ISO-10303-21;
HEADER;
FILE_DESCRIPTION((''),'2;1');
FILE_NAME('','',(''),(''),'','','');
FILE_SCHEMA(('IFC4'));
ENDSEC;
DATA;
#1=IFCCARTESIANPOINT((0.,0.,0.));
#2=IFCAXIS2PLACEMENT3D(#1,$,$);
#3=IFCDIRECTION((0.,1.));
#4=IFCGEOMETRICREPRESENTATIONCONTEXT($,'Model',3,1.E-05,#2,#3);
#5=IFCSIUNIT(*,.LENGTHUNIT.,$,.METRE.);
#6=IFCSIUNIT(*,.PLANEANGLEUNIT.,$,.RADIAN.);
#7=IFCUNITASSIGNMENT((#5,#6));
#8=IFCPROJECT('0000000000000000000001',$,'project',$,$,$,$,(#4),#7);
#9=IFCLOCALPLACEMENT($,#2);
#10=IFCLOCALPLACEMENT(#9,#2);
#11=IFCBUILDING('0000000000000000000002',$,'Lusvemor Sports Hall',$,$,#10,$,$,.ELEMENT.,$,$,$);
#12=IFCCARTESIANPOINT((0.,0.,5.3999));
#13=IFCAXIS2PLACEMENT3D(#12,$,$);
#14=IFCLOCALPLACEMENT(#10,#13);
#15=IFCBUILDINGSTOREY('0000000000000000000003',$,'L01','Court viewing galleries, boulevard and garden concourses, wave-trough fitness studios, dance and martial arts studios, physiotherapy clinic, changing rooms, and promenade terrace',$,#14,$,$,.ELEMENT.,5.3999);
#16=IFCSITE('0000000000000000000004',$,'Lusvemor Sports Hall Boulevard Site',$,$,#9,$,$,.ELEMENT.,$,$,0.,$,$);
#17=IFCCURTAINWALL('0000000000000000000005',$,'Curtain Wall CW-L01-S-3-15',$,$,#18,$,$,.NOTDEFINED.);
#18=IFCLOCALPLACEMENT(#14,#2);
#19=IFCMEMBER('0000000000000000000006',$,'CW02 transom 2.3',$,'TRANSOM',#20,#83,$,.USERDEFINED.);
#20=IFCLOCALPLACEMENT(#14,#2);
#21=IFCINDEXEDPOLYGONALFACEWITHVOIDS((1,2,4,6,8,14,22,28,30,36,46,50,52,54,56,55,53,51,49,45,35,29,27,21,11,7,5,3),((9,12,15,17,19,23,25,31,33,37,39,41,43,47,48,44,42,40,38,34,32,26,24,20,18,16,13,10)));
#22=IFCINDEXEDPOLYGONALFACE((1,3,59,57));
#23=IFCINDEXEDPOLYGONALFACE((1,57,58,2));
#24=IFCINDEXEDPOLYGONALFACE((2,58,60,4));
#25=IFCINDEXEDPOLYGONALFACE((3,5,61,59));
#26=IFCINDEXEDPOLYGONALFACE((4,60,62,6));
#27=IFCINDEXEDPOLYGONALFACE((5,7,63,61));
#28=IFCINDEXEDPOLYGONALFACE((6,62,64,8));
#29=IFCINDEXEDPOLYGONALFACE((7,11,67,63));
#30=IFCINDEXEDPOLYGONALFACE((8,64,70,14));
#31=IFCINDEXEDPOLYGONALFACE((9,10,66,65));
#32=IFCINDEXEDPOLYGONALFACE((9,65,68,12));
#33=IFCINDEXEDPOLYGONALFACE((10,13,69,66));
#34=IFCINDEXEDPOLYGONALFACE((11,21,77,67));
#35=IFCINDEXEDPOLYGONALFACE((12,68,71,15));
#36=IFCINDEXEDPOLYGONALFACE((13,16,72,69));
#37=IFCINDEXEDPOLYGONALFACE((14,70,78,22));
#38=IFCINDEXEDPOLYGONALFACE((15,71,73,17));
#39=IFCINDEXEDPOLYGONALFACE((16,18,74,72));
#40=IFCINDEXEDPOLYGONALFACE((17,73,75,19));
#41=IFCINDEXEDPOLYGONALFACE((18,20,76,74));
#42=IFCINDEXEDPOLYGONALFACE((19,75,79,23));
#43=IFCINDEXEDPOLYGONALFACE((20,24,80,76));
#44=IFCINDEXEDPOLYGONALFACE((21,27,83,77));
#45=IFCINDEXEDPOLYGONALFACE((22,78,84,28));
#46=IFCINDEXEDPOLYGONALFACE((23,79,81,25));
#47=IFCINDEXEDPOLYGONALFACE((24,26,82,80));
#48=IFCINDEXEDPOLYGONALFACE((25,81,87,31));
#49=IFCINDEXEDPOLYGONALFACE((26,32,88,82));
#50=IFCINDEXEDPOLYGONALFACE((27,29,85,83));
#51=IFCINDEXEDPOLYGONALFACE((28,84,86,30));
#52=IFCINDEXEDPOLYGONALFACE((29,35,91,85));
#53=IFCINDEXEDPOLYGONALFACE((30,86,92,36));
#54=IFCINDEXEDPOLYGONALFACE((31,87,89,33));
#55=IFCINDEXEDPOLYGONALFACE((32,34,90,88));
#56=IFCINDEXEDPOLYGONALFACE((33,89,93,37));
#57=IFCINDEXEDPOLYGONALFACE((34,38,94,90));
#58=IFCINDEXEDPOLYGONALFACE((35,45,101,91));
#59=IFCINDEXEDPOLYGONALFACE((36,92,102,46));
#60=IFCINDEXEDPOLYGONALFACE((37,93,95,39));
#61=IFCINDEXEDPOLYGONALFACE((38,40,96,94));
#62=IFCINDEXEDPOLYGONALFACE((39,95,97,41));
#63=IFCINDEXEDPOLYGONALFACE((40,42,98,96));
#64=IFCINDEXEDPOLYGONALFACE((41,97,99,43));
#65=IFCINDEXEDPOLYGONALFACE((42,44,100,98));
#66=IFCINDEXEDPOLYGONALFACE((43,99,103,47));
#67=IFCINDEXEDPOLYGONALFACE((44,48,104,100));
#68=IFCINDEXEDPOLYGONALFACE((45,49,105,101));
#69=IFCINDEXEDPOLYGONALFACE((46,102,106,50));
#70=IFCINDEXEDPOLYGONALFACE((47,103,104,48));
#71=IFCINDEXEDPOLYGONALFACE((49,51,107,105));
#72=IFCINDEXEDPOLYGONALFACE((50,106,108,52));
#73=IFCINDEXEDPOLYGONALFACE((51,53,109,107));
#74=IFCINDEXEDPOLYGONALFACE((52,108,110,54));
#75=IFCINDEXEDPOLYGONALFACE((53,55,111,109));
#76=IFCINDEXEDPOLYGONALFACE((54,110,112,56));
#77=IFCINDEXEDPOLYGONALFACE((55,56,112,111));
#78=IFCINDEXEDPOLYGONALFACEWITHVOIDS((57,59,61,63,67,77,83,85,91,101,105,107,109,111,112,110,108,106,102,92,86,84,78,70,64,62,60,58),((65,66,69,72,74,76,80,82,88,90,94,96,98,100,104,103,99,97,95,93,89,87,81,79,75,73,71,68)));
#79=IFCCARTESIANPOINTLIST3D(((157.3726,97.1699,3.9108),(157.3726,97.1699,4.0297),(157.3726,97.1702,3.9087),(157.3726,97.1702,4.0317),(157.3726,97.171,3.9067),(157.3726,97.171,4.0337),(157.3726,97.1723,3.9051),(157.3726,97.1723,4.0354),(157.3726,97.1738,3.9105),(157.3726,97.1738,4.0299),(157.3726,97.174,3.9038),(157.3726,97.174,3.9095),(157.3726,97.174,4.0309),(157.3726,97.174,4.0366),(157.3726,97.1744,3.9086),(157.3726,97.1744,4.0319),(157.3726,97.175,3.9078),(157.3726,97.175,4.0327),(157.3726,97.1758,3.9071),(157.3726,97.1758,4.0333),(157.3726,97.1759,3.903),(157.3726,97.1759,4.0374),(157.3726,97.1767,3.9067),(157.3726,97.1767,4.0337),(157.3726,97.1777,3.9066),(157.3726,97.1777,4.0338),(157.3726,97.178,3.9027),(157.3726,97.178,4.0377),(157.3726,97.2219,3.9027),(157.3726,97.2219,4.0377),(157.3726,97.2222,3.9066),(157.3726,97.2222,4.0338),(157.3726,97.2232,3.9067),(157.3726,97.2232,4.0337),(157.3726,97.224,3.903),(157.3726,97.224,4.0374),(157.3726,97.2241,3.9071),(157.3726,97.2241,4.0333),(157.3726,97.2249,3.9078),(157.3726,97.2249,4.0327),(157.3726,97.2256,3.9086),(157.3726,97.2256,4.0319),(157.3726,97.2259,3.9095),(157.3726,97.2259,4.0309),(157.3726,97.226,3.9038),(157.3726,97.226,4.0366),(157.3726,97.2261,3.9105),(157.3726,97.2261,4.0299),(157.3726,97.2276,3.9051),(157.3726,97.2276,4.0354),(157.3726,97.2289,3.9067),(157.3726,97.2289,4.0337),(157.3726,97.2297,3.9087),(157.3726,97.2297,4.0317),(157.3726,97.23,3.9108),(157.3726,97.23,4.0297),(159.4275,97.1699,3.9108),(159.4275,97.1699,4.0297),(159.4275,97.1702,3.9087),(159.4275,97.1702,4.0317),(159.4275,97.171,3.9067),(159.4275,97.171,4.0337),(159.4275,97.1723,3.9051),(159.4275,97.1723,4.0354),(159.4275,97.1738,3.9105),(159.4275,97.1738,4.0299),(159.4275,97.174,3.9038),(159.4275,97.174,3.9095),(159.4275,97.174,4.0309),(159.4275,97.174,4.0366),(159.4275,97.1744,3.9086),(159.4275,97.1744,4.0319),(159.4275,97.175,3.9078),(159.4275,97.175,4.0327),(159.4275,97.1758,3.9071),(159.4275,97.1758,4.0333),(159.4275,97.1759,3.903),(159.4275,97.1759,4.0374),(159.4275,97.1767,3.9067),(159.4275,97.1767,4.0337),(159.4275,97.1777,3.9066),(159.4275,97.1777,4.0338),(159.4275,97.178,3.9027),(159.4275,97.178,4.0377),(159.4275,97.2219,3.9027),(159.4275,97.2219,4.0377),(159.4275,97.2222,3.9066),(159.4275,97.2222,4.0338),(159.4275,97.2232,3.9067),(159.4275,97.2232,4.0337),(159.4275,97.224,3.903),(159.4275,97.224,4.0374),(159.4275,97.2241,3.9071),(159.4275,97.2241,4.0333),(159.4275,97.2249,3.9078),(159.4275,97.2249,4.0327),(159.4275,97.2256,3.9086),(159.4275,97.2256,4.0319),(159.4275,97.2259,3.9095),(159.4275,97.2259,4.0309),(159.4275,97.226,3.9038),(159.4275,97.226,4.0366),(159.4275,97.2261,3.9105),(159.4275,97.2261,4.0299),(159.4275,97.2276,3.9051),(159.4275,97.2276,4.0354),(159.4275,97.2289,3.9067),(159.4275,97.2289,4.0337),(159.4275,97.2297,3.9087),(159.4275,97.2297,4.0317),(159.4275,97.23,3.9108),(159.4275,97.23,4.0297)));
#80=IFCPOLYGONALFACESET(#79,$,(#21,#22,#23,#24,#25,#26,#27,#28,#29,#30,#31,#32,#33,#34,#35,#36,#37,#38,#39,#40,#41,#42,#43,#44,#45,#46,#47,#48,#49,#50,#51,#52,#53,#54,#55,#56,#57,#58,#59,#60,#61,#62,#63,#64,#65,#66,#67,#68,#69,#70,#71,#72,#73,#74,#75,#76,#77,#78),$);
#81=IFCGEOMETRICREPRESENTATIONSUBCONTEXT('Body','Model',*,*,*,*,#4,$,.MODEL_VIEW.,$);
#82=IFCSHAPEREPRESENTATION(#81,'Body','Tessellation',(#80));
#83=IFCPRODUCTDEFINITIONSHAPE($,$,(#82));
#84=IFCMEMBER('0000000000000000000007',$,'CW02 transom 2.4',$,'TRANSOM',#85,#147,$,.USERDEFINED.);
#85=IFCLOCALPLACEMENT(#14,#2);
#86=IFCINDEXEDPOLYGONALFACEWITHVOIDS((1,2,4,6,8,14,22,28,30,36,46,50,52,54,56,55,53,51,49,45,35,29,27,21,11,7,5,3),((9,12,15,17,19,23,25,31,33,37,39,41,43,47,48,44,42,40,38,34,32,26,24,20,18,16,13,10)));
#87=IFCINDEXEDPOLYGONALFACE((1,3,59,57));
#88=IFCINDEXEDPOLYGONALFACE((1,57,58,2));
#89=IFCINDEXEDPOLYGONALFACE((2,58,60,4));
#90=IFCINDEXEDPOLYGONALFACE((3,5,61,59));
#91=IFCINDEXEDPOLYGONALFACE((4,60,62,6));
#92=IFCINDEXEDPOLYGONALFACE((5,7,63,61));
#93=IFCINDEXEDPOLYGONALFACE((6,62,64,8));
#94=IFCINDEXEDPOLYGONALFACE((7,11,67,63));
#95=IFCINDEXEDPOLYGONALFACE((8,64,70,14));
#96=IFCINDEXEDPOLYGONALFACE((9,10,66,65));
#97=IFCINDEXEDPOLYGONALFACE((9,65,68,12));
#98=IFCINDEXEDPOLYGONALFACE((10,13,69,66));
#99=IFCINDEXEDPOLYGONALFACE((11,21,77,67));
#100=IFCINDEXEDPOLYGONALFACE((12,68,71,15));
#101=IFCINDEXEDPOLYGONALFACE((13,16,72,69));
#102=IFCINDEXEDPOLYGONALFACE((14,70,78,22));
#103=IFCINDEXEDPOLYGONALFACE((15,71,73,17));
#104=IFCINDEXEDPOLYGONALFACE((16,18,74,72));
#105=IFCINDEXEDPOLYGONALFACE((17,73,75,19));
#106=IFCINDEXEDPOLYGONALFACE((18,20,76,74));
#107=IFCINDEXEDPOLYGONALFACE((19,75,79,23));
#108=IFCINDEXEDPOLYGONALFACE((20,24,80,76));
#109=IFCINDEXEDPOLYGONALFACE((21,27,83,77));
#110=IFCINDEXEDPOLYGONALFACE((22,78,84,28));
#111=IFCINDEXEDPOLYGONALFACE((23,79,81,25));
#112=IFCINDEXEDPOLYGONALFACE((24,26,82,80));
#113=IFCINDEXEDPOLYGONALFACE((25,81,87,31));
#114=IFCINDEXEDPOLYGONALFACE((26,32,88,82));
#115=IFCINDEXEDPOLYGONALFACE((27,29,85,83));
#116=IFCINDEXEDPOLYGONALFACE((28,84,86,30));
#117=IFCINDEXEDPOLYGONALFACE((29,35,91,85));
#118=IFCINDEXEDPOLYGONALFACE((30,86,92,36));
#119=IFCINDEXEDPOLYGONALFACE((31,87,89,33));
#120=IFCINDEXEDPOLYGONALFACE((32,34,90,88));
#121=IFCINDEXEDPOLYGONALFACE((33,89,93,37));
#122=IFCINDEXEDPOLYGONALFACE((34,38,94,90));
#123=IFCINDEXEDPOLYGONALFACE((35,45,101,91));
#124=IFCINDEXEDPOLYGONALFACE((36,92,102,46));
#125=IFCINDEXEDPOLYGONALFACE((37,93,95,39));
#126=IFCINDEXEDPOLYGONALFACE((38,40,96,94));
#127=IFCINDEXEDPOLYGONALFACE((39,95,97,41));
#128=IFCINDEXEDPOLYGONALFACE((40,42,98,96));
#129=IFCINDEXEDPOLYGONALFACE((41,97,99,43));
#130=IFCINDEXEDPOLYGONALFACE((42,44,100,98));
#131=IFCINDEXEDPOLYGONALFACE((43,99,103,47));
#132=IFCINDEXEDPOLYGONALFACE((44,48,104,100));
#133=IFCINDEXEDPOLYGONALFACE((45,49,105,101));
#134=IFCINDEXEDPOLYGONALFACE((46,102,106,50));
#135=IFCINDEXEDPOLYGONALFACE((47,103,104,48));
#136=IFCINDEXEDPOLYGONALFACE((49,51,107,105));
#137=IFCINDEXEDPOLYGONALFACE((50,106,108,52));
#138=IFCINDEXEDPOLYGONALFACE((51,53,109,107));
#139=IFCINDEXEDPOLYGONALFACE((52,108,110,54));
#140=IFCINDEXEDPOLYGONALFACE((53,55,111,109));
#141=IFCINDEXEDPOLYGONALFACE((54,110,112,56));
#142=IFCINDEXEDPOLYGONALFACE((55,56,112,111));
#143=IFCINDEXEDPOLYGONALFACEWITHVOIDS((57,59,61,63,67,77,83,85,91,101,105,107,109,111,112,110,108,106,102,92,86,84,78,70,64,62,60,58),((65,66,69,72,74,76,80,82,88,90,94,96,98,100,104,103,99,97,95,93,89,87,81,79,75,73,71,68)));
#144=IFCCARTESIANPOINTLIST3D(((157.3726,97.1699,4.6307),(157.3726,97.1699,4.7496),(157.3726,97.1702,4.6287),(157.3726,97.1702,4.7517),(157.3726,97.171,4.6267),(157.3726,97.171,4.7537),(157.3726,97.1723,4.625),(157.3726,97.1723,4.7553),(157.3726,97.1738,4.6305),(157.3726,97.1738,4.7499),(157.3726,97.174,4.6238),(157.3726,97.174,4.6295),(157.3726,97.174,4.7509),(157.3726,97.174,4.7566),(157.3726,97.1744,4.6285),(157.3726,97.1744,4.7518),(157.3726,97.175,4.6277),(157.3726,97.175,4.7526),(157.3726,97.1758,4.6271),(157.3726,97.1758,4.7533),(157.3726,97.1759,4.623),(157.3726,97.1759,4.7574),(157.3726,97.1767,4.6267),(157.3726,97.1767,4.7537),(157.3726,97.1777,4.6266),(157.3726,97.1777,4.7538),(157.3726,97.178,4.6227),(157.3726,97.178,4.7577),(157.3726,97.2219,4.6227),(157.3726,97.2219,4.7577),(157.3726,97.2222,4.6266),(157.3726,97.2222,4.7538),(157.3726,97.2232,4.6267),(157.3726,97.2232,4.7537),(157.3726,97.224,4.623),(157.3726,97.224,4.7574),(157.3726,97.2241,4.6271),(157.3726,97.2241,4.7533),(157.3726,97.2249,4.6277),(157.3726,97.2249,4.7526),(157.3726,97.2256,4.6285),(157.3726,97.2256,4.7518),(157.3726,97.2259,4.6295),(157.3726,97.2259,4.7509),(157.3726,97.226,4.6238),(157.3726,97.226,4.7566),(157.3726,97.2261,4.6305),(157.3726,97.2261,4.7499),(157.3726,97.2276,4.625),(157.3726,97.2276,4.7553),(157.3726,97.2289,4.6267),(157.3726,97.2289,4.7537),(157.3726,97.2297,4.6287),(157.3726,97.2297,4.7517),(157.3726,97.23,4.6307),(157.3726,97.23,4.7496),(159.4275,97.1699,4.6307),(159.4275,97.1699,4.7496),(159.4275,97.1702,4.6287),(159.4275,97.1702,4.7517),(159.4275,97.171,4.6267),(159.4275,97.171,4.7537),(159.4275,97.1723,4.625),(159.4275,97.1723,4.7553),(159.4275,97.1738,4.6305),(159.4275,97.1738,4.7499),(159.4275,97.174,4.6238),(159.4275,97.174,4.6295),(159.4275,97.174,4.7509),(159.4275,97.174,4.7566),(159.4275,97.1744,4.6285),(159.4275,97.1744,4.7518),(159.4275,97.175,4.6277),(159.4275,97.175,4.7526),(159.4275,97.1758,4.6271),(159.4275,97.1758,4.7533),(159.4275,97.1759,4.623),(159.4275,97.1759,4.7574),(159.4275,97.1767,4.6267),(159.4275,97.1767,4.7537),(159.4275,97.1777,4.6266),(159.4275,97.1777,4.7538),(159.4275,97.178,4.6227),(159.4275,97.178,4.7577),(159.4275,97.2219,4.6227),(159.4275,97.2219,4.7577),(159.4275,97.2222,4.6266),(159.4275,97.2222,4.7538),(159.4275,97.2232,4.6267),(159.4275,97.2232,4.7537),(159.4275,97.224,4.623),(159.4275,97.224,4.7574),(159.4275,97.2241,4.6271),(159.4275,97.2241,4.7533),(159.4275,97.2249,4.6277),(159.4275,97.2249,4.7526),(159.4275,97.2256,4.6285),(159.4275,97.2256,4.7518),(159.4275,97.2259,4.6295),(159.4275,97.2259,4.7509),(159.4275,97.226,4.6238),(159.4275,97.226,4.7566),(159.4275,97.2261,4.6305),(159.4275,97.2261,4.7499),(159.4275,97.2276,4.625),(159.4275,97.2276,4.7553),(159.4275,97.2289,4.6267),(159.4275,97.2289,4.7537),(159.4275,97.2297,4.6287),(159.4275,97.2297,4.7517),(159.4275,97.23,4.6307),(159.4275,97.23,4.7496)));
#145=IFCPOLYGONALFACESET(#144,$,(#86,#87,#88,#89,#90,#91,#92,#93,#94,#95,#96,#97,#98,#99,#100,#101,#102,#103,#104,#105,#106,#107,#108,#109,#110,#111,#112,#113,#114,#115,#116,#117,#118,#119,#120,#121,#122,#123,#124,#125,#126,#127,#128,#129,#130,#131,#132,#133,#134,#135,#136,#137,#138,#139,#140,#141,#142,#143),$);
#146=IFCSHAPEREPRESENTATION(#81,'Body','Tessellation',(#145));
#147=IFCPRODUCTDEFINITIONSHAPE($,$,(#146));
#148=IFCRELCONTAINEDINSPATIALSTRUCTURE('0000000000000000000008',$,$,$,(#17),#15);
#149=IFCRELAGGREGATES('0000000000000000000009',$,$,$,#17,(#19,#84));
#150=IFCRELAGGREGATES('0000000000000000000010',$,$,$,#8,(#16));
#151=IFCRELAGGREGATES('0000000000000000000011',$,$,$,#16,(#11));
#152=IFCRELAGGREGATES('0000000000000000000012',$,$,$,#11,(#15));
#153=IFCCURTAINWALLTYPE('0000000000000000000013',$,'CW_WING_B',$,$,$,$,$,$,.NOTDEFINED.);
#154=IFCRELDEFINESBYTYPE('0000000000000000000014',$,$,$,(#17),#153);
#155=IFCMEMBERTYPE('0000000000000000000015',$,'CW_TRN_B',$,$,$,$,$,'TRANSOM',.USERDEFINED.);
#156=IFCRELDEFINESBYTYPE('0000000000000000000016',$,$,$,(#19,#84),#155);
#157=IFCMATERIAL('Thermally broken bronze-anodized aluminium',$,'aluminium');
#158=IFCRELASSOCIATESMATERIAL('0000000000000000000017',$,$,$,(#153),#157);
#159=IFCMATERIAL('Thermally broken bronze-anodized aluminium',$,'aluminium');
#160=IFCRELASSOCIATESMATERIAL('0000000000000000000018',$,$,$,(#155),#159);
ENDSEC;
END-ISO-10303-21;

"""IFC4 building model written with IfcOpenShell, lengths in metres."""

from ifc_helpers import new_model, si_unit, direction, frame, origin, origin_2d, place, context, subcontext, project, spatial, hollow_rectangle, extrude, material, material_profile, profile_set, type_object, element, aggregate, save


model = new_model("IFC4")

# Units and contexts
model_context = context("Model", 3, precision=1e-05, world=origin(), true_north=direction((0.0, 1.0)))
body_context = subcontext(model_context, "Body", "Model", "MODEL_VIEW")
ifc_project = project(units=[si_unit("LENGTHUNIT", "METRE"), si_unit("PLANEANGLEUNIT", "RADIAN")], contexts=[model_context])

# Site, building, storey
site_placement = place(None, origin())
site = spatial("IfcSite", under=ifc_project, at=site_placement, Name="Lusvemor Sports Hall Boulevard Site", CompositionType="ELEMENT", RefElevation=0.0)
building_placement = place(site_placement, origin())
building = spatial("IfcBuilding", under=site, at=building_placement, Name="Lusvemor Sports Hall", CompositionType="ELEMENT")
storey_placement = place(building_placement, frame((0.0, 0.0, 5.3999)))
storey = spatial("IfcBuildingStorey", under=building, at=storey_placement, Name="L01", Description="Court viewing galleries, boulevard and garden concourses, wave-trough fitness studios, dance and martial arts studios, physiotherapy clinic, changing rooms, and promenade terrace", CompositionType="ELEMENT", Elevation=5.3999)

# Curtain wall
ifc_material_1 = material(Name="Thermally broken bronze-anodized aluminium", Category="aluminium")
curtain_wall_type = type_object("IfcCurtainWallType", Name="CW_WING_B", PredefinedType="NOTDEFINED", material=ifc_material_1)
curtain_wall_1_placement = place(storey_placement, origin())
curtain_wall_1 = element("IfcCurtainWall", 1, at=curtain_wall_1_placement, inside=storey, type_object=curtain_wall_type, Name="Curtain Wall CW-L01-S-3-15", PredefinedType="NOTDEFINED")

# Members
ifc_material_2 = material(Name="Thermally broken bronze-anodized aluminium", Category="aluminium")
ifc_material_profile_1 = material_profile(ifc_material_2, hollow_rectangle(XDim=0.0601, YDim=0.135, WallThickness=0.0039, InnerFilletRadius=0.0039, OuterFilletRadius=0.0081, at=origin_2d()), Name="CWTRN135x60x4")
ifc_profile_set_1 = profile_set([ifc_material_profile_1], Name="Thermally broken bronze-anodized aluminium")
member_type_1 = type_object("IfcMemberType", Name="CW_TRN_B", ElementType="TRANSOM", PredefinedType="USERDEFINED", material=ifc_profile_set_1)
member_1_placement = place(storey_placement, frame((159.4275, 97.2, 3.9702), z_axis=(-1.0, 0.0, 0.0), x_axis=(0.0, -1.0, 0.0)))
member_1 = element("IfcMember", 2, at=member_1_placement, type_object=member_type_1, Name="CW02 transom 2.3", ObjectType="TRANSOM", PredefinedType="USERDEFINED", context=body_context, shape_type="SweptSolid", body=[
    extrude(hollow_rectangle(XDim=0.0601, YDim=0.135, WallThickness=0.0039, InnerFilletRadius=0.0039, OuterFilletRadius=0.0081, at=origin_2d()), origin(), (0.0, 0.0, 1.0), 2.0549),
])
member_2_placement = place(storey_placement, frame((159.4275, 97.2, 4.6902), z_axis=(-1.0, 0.0, 0.0), x_axis=(0.0, -1.0, 0.0)))
member_2 = element("IfcMember", 3, at=member_2_placement, type_object=member_type_1, Name="CW02 transom 2.4", ObjectType="TRANSOM", PredefinedType="USERDEFINED", context=body_context, shape_type="SweptSolid", body=[
    extrude(hollow_rectangle(XDim=0.0601, YDim=0.135, WallThickness=0.0039, InnerFilletRadius=0.0039, OuterFilletRadius=0.0081, at=origin_2d()), origin(), (0.0, 0.0, 1.0), 2.0549),
])

aggregate(curtain_wall_1, [member_1, member_2])

save(model, "model.ifc")
